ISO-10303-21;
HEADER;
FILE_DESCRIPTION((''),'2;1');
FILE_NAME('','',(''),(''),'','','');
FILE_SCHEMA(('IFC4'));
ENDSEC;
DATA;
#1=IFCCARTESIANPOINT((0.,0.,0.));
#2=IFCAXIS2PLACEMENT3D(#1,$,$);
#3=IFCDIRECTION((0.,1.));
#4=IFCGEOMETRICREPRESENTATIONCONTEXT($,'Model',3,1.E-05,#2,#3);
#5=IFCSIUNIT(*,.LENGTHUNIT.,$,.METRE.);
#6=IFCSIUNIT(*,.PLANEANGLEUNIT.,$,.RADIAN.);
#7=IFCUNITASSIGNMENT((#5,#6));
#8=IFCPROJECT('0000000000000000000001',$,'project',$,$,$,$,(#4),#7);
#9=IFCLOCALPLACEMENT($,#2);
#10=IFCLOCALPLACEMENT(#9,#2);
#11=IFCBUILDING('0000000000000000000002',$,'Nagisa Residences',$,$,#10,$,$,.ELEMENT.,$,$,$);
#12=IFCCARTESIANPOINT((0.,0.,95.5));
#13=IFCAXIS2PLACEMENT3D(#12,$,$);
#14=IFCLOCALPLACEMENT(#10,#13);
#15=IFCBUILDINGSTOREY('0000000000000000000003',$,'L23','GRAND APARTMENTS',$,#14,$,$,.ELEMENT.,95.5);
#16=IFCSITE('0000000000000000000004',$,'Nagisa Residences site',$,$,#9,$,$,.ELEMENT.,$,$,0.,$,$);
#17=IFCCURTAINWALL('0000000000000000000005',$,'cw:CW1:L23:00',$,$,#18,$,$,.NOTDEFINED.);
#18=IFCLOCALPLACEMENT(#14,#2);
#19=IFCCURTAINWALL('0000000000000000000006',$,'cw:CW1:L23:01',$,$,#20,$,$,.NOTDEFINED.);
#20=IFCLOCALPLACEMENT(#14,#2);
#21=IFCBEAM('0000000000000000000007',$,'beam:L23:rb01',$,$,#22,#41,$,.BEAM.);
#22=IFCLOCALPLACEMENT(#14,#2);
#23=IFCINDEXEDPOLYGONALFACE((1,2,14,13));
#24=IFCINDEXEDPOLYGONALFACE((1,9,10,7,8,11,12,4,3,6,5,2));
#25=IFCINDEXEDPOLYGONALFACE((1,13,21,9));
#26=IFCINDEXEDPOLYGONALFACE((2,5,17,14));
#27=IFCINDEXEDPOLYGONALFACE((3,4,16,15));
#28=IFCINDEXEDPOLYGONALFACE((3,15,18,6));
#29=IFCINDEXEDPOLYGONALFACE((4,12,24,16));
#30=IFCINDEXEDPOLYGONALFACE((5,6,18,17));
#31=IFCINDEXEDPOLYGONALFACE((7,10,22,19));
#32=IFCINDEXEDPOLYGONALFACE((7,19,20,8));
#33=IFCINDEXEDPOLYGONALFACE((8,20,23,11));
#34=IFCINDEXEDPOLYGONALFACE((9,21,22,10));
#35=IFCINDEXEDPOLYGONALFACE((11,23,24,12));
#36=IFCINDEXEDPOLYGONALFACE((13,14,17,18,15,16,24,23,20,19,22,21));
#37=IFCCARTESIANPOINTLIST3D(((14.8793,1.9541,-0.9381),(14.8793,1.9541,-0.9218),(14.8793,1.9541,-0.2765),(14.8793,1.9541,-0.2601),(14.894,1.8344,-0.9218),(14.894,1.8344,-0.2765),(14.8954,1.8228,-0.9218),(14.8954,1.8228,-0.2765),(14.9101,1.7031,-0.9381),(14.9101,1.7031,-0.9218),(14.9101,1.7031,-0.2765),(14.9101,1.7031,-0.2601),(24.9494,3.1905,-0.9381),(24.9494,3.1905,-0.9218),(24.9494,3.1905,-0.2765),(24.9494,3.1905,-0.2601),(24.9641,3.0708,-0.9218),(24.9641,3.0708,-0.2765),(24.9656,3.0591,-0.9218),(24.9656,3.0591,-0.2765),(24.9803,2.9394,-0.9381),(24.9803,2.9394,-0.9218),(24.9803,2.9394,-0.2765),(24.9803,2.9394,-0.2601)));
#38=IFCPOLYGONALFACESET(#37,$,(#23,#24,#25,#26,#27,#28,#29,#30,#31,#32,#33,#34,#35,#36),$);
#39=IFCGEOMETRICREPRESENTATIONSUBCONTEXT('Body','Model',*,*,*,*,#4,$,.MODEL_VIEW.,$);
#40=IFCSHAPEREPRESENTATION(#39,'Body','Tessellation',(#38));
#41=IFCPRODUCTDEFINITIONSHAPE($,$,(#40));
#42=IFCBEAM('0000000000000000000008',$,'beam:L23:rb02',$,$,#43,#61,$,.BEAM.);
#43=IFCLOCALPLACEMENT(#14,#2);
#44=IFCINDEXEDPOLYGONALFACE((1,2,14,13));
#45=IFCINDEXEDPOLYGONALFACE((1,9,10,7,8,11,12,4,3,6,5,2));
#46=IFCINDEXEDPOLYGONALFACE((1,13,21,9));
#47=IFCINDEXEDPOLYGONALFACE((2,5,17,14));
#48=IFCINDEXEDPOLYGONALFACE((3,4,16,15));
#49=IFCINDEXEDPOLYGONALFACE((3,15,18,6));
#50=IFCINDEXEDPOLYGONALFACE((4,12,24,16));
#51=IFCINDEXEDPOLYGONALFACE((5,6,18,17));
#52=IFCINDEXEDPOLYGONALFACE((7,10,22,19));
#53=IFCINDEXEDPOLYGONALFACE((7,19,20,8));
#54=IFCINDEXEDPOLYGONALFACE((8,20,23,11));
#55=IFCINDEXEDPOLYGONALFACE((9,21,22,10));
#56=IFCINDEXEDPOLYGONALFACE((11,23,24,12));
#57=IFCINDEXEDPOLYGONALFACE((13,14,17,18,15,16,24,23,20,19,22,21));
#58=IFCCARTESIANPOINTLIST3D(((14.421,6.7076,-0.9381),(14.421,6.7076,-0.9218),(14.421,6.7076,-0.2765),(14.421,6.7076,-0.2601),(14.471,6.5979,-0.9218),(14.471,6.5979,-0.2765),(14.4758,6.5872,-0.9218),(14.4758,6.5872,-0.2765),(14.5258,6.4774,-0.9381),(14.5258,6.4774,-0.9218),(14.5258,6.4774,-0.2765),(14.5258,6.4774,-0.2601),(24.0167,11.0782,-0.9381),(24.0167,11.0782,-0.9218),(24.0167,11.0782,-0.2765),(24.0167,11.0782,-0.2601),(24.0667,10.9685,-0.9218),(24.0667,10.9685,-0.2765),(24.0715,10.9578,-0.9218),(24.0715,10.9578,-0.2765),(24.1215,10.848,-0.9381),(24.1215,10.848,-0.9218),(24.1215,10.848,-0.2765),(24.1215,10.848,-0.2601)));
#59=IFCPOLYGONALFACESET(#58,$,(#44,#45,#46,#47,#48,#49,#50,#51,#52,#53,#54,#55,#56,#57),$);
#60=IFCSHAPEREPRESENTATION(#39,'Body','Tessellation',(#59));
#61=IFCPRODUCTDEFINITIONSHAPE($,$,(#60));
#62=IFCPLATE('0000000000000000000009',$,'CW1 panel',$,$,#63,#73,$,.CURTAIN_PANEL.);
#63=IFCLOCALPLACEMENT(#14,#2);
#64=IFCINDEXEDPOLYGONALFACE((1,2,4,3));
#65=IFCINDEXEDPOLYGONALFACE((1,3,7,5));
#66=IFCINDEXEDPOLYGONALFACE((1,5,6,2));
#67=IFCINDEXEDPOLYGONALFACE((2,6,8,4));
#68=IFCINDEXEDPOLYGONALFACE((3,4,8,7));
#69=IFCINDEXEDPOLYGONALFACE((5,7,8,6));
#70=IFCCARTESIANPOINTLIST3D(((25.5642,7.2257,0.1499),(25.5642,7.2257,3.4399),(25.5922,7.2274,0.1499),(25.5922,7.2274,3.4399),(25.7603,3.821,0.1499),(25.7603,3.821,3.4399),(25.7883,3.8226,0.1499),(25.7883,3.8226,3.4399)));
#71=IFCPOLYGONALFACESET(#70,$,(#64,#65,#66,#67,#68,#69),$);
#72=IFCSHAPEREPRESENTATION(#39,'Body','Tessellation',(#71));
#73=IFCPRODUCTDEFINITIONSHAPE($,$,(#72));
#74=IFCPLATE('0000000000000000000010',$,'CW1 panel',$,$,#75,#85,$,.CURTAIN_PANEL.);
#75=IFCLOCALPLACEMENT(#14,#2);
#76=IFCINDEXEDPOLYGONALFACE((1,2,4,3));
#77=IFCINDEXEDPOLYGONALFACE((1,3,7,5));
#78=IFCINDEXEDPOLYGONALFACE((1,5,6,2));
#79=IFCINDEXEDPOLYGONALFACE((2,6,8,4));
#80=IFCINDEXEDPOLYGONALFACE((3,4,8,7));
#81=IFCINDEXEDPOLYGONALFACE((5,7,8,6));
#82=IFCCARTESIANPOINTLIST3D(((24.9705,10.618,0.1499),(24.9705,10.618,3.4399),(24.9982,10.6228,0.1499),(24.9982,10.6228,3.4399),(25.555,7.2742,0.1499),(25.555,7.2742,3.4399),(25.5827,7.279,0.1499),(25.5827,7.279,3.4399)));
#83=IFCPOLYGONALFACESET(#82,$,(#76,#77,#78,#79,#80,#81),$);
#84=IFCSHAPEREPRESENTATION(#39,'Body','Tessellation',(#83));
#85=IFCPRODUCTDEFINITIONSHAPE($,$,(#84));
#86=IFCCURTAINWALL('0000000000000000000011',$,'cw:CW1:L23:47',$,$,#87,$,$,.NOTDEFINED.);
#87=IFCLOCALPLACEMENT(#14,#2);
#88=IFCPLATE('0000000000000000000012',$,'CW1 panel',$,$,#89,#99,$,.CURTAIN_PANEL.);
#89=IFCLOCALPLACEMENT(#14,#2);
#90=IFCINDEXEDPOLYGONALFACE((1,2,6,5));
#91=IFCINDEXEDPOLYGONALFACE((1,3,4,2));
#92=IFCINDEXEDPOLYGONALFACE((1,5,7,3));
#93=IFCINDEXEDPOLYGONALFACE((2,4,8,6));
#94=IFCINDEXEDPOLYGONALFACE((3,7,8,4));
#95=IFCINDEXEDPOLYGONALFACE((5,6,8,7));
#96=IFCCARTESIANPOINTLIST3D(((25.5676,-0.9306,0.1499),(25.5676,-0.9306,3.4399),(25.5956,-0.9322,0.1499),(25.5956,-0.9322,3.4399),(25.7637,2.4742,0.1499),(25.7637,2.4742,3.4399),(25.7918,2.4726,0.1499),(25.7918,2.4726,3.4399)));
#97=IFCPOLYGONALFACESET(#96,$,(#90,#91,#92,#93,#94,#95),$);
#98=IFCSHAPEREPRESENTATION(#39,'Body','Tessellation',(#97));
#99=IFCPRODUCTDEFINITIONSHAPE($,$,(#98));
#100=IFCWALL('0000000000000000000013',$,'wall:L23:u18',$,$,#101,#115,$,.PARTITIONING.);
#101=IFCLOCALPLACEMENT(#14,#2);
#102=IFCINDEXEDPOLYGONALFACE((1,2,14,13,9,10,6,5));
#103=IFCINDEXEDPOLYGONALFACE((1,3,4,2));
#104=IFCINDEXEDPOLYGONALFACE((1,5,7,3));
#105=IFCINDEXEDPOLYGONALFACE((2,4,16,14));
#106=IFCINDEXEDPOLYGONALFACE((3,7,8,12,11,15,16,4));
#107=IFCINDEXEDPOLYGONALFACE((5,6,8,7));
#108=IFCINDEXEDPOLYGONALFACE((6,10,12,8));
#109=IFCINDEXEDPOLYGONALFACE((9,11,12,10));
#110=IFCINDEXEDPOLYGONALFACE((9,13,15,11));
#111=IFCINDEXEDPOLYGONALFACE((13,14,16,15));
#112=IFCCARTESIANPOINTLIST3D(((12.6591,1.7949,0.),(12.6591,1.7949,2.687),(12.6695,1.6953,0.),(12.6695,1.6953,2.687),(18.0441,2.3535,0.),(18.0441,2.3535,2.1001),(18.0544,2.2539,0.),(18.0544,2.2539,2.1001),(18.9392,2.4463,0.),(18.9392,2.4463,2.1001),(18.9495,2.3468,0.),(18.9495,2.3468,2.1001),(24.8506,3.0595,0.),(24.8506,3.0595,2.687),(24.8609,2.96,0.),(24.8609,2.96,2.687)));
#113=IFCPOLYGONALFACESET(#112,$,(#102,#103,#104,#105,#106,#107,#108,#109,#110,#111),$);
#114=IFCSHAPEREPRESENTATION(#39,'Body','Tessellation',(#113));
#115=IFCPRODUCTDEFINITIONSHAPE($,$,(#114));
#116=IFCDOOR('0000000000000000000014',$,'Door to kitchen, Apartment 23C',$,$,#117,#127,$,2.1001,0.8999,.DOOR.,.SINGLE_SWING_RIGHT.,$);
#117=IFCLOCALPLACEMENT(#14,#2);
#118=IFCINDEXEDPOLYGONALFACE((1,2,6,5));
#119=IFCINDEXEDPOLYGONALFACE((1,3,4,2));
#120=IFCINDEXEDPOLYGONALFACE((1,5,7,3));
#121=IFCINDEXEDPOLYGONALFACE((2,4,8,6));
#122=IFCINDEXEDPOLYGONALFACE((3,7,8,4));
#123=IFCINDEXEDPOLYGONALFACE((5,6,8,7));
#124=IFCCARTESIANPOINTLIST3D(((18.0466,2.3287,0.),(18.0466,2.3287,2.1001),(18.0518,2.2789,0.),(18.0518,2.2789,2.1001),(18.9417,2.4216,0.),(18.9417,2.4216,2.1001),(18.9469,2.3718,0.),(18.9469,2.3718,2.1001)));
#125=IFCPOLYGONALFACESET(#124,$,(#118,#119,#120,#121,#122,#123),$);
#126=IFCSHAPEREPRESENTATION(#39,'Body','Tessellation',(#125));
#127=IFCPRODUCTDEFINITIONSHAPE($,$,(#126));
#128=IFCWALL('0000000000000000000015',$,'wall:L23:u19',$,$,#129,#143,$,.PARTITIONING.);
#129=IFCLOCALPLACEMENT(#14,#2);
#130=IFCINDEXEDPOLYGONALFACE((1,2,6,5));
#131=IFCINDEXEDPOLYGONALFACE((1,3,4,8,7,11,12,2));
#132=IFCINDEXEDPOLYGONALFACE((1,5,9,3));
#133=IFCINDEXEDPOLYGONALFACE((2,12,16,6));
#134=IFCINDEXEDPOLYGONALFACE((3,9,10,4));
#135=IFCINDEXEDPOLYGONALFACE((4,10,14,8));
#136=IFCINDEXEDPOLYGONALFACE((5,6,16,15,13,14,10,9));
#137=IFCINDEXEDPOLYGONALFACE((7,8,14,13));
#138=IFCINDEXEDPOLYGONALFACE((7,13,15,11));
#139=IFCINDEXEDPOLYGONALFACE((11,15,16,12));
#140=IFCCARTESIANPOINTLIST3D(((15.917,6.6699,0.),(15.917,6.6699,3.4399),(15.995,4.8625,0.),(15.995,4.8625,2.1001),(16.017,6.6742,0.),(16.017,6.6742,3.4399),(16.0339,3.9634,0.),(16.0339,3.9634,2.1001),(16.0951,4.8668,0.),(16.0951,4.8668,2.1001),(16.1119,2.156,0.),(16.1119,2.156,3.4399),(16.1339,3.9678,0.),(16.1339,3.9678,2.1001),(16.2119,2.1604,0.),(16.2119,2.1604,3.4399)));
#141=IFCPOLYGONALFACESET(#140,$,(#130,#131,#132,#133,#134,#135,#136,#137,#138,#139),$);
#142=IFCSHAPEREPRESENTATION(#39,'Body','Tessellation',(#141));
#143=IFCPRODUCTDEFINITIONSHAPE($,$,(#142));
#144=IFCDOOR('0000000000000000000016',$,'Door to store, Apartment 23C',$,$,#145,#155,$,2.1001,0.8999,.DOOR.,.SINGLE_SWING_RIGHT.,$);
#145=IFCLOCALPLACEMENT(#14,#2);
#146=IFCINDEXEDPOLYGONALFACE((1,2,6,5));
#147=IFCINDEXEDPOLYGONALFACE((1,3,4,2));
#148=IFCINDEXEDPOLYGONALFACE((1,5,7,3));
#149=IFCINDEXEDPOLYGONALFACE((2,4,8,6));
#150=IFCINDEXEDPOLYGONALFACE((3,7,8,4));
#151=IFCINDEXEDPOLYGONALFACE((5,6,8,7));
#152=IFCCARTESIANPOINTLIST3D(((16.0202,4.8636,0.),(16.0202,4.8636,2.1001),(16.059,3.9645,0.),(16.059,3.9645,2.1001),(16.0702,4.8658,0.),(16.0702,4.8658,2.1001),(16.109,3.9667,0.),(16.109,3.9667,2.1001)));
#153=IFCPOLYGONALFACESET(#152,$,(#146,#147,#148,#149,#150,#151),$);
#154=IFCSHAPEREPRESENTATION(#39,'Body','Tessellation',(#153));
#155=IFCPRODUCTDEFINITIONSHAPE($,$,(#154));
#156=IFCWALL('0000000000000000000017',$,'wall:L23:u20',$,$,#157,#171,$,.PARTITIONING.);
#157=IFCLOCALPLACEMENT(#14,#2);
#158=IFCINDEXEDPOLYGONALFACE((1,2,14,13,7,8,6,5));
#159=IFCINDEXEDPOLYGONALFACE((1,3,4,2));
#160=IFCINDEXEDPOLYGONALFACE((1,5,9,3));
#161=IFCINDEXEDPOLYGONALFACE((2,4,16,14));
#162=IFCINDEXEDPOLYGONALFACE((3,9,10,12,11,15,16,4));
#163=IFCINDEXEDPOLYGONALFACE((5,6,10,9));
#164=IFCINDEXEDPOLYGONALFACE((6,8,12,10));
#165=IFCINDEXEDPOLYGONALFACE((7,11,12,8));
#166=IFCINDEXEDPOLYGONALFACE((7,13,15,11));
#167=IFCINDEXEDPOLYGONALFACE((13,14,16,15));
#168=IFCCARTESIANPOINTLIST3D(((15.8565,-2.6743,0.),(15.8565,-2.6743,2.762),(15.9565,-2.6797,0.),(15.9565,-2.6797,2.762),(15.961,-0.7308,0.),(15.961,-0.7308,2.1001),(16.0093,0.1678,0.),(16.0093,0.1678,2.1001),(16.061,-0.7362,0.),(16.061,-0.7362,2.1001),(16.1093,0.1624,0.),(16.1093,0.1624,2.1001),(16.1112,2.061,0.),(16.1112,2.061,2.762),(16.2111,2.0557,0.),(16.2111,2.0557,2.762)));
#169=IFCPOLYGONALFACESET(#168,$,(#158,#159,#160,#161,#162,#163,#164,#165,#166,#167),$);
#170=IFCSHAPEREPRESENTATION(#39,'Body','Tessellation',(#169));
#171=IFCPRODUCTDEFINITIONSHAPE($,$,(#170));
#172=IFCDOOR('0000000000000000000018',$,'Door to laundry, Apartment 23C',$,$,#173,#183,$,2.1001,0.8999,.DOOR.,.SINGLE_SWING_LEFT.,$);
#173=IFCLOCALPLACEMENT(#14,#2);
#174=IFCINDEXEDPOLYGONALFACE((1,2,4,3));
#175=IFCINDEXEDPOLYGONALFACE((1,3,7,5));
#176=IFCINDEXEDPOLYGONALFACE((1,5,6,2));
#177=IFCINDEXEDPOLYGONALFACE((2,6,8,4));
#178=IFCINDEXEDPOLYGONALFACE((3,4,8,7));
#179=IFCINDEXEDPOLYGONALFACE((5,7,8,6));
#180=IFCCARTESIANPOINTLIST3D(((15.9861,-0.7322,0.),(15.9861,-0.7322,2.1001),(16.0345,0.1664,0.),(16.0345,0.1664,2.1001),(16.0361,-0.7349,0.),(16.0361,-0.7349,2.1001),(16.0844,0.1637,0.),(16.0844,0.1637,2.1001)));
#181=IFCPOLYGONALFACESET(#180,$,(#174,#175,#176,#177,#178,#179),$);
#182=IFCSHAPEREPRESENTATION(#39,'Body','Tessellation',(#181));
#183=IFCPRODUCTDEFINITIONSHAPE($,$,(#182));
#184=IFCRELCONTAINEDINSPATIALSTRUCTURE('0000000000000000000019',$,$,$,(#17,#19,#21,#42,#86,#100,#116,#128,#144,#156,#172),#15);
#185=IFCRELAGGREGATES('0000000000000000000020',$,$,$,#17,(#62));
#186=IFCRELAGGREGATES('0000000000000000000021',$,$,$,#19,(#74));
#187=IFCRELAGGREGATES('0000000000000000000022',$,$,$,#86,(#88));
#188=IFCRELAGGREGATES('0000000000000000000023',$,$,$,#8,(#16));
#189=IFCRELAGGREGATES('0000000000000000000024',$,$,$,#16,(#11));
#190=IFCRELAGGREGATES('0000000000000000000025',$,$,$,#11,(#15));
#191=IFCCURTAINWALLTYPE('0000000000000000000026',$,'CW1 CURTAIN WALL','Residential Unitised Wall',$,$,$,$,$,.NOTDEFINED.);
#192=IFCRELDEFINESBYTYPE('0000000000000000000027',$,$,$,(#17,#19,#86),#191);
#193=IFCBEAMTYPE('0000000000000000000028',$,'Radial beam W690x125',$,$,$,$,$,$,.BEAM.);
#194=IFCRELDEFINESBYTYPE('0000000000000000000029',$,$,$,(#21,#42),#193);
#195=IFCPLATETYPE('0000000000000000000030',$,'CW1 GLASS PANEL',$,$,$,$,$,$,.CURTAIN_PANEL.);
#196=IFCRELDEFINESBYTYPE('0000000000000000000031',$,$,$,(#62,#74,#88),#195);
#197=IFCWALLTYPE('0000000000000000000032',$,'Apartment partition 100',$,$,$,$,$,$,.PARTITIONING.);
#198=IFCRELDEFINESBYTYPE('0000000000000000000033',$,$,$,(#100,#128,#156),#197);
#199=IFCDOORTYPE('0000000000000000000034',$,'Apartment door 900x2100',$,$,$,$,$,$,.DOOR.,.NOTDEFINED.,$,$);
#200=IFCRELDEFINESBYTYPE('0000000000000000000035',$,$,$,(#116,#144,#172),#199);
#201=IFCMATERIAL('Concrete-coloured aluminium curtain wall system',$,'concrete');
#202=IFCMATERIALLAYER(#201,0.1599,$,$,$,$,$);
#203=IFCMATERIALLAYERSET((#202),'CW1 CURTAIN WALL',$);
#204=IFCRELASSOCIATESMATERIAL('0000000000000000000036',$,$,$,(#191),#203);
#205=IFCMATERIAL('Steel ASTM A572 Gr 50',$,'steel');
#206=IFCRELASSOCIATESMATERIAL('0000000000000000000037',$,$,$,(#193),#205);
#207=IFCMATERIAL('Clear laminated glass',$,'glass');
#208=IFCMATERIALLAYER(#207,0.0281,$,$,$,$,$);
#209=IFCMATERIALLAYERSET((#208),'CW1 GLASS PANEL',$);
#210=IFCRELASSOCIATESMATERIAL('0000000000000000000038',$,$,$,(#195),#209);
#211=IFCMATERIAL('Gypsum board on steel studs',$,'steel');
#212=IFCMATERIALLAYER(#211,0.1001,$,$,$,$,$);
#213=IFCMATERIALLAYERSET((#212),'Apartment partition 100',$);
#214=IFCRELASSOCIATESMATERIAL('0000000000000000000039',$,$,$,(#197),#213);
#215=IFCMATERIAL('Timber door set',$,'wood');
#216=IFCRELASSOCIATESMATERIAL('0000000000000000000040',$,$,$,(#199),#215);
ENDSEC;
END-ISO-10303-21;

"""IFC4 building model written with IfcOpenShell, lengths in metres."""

from ifc_helpers import new_model, si_unit, direction, frame, frame_2d, origin, origin_2d, place, context, subcontext, project, spatial, rectangle, i_section, extrude, material, layer, layer_set, material_profile, profile_set, type_object, element, fill, aggregate, save


model = new_model("IFC4")

# Units and contexts
model_context = context("Model", 3, precision=1e-05, world=origin(), true_north=direction((0.0, 1.0)))
body_context = subcontext(model_context, "Body", "Model", "MODEL_VIEW")
ifc_project = project(units=[si_unit("LENGTHUNIT", "METRE"), si_unit("PLANEANGLEUNIT", "RADIAN")], contexts=[model_context])

# Site, building, storey
site_placement = place(None, origin())
site = spatial("IfcSite", under=ifc_project, at=site_placement, Name="Nagisa Residences site", CompositionType="ELEMENT", RefElevation=0.0)
building_placement = place(site_placement, origin())
building = spatial("IfcBuilding", under=site, at=building_placement, Name="Nagisa Residences", CompositionType="ELEMENT")
storey_placement = place(building_placement, frame((0.0, 0.0, 95.5)))
storey = spatial("IfcBuildingStorey", under=building, at=storey_placement, Name="L23", Description="GRAND APARTMENTS", CompositionType="ELEMENT", Elevation=95.5)

# Curtain walls
ifc_material_1 = material(Name="Concrete-coloured aluminium curtain wall system", Category="concrete")
ifc_layer_1 = layer(ifc_material_1, 0.1599)
ifc_layer_set_1 = layer_set([ifc_layer_1], Name="CW1 CURTAIN WALL")
curtain_wall_type = type_object("IfcCurtainWallType", Name="CW1 CURTAIN WALL", Description="Residential Unitised Wall", PredefinedType="NOTDEFINED", material=ifc_layer_set_1)
curtain_wall_1_placement = place(storey_placement, origin())
curtain_wall_1 = element("IfcCurtainWall", 1, at=curtain_wall_1_placement, inside=storey, type_object=curtain_wall_type, Name="cw:CW1:L23:00", PredefinedType="NOTDEFINED")
curtain_wall_2_placement = place(storey_placement, origin())
curtain_wall_2 = element("IfcCurtainWall", 2, at=curtain_wall_2_placement, inside=storey, type_object=curtain_wall_type, Name="cw:CW1:L23:01", PredefinedType="NOTDEFINED")

# Beams
ifc_material_2 = material(Name="Steel ASTM A572 Gr 50", Category="steel")
ifc_material_profile_1 = material_profile(ifc_material_2, i_section(OverallWidth=0.2529, OverallDepth=0.678, WebThickness=0.0117, FlangeThickness=0.0164, at=origin_2d()), Name="W690x125")
ifc_profile_set_1 = profile_set([ifc_material_profile_1], Name="Steel ASTM A572 Gr 50")
beam_type_1 = type_object("IfcBeamType", Name="Radial beam W690x125", PredefinedType="BEAM", material=ifc_profile_set_1)
beam_1_placement = place(storey_placement, frame((24.9648, 3.0649, -0.5991), z_axis=(-0.992548, -0.121858, 0.0), x_axis=(0.121858, -0.992548, 0.0)))
element("IfcBeam", 3, at=beam_1_placement, inside=storey, type_object=beam_type_1, Name="beam:L23:rb01", PredefinedType="BEAM", context=body_context, shape_type="SweptSolid", body=[
    extrude(i_section(OverallWidth=0.2529, OverallDepth=0.678, WebThickness=0.0117, FlangeThickness=0.0164, at=origin_2d()), origin(), (0.0, 0.0, 1.0), 10.1458),
])
beam_2_placement = place(storey_placement, frame((24.0691, 10.9631, -0.5991), z_axis=(-0.910047, -0.414504, 0.0), x_axis=(0.414504, -0.910047, 0.0)))
element("IfcBeam", 4, at=beam_2_placement, inside=storey, type_object=beam_type_1, Name="beam:L23:rb02", PredefinedType="BEAM", context=body_context, shape_type="SweptSolid", body=[
    extrude(i_section(OverallWidth=0.2529, OverallDepth=0.678, WebThickness=0.0117, FlangeThickness=0.0164, at=origin_2d()), origin(), (0.0, 0.0, 1.0), 10.5442),
])

# Plates
ifc_material_3 = material(Name="Clear laminated glass", Category="glass")
ifc_layer_2 = layer(ifc_material_3, 0.0281)
ifc_layer_set_2 = layer_set([ifc_layer_2], Name="CW1 GLASS PANEL")
plate_type = type_object("IfcPlateType", Name="CW1 GLASS PANEL", PredefinedType="CURTAIN_PANEL", material=ifc_layer_set_2)
plate_1_placement = place(storey_placement, frame((25.6763, 5.5242, 0.1499), z_axis=(0.0, 0.0, 1.0), x_axis=(-0.057503, 0.998345, 0.0)))
plate_1 = element("IfcPlate", 5, at=plate_1_placement, type_object=plate_type, Name="CW1 panel", PredefinedType="CURTAIN_PANEL", context=body_context, shape_type="SweptSolid", body=[
    extrude(rectangle(XDim=3.4104, YDim=0.0281, at=origin_2d()), origin(), (0.0, 0.0, 1.0), 3.29),
])
aggregate(curtain_wall_1, [plate_1])
plate_2_placement = place(storey_placement, frame((25.2766, 8.9485, 0.1499), z_axis=(0.0, 0.0, 1.0), x_axis=(-0.172191, 0.985064, 0.0)))
plate_2 = element("IfcPlate", 6, at=plate_2_placement, type_object=plate_type, Name="CW1 panel", PredefinedType="CURTAIN_PANEL", context=body_context, shape_type="SweptSolid", body=[
    extrude(rectangle(XDim=3.3945, YDim=0.0281, at=origin_2d()), origin(), (0.0, 0.0, 1.0), 3.29),
])
aggregate(curtain_wall_2, [plate_2])

# Curtain wall, plate
curtain_wall_3_placement = place(storey_placement, origin())
curtain_wall_3 = element("IfcCurtainWall", 7, at=curtain_wall_3_placement, inside=storey, type_object=curtain_wall_type, Name="cw:CW1:L23:47", PredefinedType="NOTDEFINED")
plate_3_placement = place(storey_placement, frame((25.6797, 0.771, 0.1499), z_axis=(0.0, 0.0, 1.0), x_axis=(0.057503, 0.998345, 0.0)))
plate_3 = element("IfcPlate", 8, at=plate_3_placement, type_object=plate_type, Name="CW1 panel", PredefinedType="CURTAIN_PANEL", context=body_context, shape_type="SweptSolid", body=[
    extrude(rectangle(XDim=3.4104, YDim=0.0281, at=origin_2d()), origin(), (0.0, 0.0, 1.0), 3.29),
])
aggregate(curtain_wall_3, [plate_3])

# Walls, openings, doors
ifc_material_4 = material(Name="Gypsum board on steel studs", Category="steel")
ifc_layer_3 = layer(ifc_material_4, 0.1001)
ifc_layer_set_3 = layer_set([ifc_layer_3], Name="Apartment partition 100")
wall_type = type_object("IfcWallType", Name="Apartment partition 100", PredefinedType="PARTITIONING", material=ifc_layer_set_3)
wall_1_placement = place(storey_placement, frame((12.6643, 1.7451, 0.0), z_axis=(0.0, 0.0, 1.0), x_axis=(0.994663, 0.103179, 0.0)))
wall_1 = element("IfcWall", 9, at=wall_1_placement, inside=storey, type_object=wall_type, Name="wall:L23:u18", PredefinedType="PARTITIONING", context=body_context, shape_type="SweptSolid", body=[
    extrude(rectangle(XDim=12.2568, YDim=0.1001, at=frame_2d((6.1284, 0.0))), origin(), (0.0, 0.0, 1.0), 2.687),
])
opening_1_placement = place(wall_1_placement, frame((5.4138, 0.0, 0.0)))
opening_1 = element("IfcOpeningElement", 10, at=opening_1_placement, cuts=wall_1, PredefinedType="OPENING", context=body_context, shape_type="SweptSolid", body=[
    extrude(rectangle(XDim=0.8999, YDim=2.1001, at=frame_2d((0.45, 1.05))), frame((0.0, 0.0601, 0.0), z_axis=(0.0, -1.0, 0.0), x_axis=(1.0, 0.0, 0.0)), (0.0, 0.0, 1.0), 0.1201),
])
ifc_material_5 = material(Name="Timber door set", Category="wood")
door_type = type_object("IfcDoorType", Name="Apartment door 900x2100", OperationType="NOTDEFINED", PredefinedType="DOOR", material=ifc_material_5)
door_1_placement = place(opening_1_placement, frame((0.8999, 0.0, 0.0), x_axis=(-1.0, 0.0, 0.0)))
door_1 = element("IfcDoor", 11, at=door_1_placement, inside=storey, type_object=door_type, Name="Door to kitchen, Apartment 23C", OperationType="SINGLE_SWING_RIGHT", OverallHeight=2.1001, OverallWidth=0.8999, PredefinedType="DOOR", context=body_context, shape_type="SweptSolid", body=[
    extrude(rectangle(XDim=0.8999, YDim=2.1001, at=frame_2d((0.45, 1.05))), frame((0.0, 0.0249, 0.0), z_axis=(0.0, -1.0, 0.0), x_axis=(1.0, 0.0, 0.0)), (0.0, 0.0, 1.0), 0.05),
])
fill(opening_1, door_1)
wall_2_placement = place(storey_placement, frame((16.1619, 2.1582, 0.0), z_axis=(0.0, 0.0, 1.0), x_axis=(-0.043121, 0.99907, 0.0)))
wall_2 = element("IfcWall", 12, at=wall_2_placement, inside=storey, type_object=wall_type, Name="wall:L23:u19", PredefinedType="PARTITIONING", context=body_context, shape_type="SweptSolid", body=[
    extrude(rectangle(XDim=4.5181, YDim=0.1001, at=frame_2d((2.259, 0.0))), origin(), (0.0, 0.0, 1.0), 3.4399),
])
opening_2_placement = place(wall_2_placement, frame((1.8091, 0.0, 0.0)))
opening_2 = element("IfcOpeningElement", 13, at=opening_2_placement, cuts=wall_2, PredefinedType="OPENING", context=body_context, shape_type="SweptSolid", body=[
    extrude(rectangle(XDim=0.8999, YDim=2.1001, at=frame_2d((0.45, 1.05))), frame((0.0, 0.0601, 0.0), z_axis=(0.0, -1.0, 0.0), x_axis=(1.0, 0.0, 0.0)), (0.0, 0.0, 1.0), 0.1201),
])
door_2_placement = place(opening_2_placement, origin())
door_2 = element("IfcDoor", 14, at=door_2_placement, inside=storey, type_object=door_type, Name="Door to store, Apartment 23C", OperationType="SINGLE_SWING_RIGHT", OverallHeight=2.1001, OverallWidth=0.8999, PredefinedType="DOOR", context=body_context, shape_type="SweptSolid", body=[
    extrude(rectangle(XDim=0.8999, YDim=2.1001, at=frame_2d((0.45, 1.05))), frame((0.0, 0.0249, 0.0), z_axis=(0.0, -1.0, 0.0), x_axis=(1.0, 0.0, 0.0)), (0.0, 0.0, 1.0), 0.05),
])
fill(opening_2, door_2)
wall_3_placement = place(storey_placement, frame((16.1611, 2.0583, 0.0), z_axis=(0.0, 0.0, 1.0), x_axis=(-0.053696, -0.998557, 0.0)))
wall_3 = element("IfcWall", 15, at=wall_3_placement, inside=storey, type_object=wall_type, Name="wall:L23:u20", PredefinedType="PARTITIONING", context=body_context, shape_type="SweptSolid", body=[
    extrude(rectangle(XDim=4.7422, YDim=0.1001, at=frame_2d((2.3711, 0.0))), origin(), (0.0, 0.0, 1.0), 2.762),
])
opening_3_placement = place(wall_3_placement, frame((1.896, 0.0, 0.0)))
opening_3 = element("IfcOpeningElement", 16, at=opening_3_placement, cuts=wall_3, PredefinedType="OPENING", context=body_context, shape_type="SweptSolid", body=[
    extrude(rectangle(XDim=0.8999, YDim=2.1001, at=frame_2d((0.45, 1.05))), frame((0.0, 0.0601, 0.0), z_axis=(0.0, -1.0, 0.0), x_axis=(1.0, 0.0, 0.0)), (0.0, 0.0, 1.0), 0.1201),
])
door_3_placement = place(opening_3_placement, frame((0.8999, 0.0, 0.0), x_axis=(-1.0, 0.0, 0.0)))
door_3 = element("IfcDoor", 17, at=door_3_placement, inside=storey, type_object=door_type, Name="Door to laundry, Apartment 23C", OperationType="SINGLE_SWING_LEFT", OverallHeight=2.1001, OverallWidth=0.8999, PredefinedType="DOOR", context=body_context, shape_type="SweptSolid", body=[
    extrude(rectangle(XDim=0.8999, YDim=2.1001, at=frame_2d((0.45, 1.05))), frame((0.0, 0.0249, 0.0), z_axis=(0.0, -1.0, 0.0), x_axis=(1.0, 0.0, 0.0)), (0.0, 0.0, 1.0), 0.05),
])
fill(opening_3, door_3)

save(model, "model.ifc")
